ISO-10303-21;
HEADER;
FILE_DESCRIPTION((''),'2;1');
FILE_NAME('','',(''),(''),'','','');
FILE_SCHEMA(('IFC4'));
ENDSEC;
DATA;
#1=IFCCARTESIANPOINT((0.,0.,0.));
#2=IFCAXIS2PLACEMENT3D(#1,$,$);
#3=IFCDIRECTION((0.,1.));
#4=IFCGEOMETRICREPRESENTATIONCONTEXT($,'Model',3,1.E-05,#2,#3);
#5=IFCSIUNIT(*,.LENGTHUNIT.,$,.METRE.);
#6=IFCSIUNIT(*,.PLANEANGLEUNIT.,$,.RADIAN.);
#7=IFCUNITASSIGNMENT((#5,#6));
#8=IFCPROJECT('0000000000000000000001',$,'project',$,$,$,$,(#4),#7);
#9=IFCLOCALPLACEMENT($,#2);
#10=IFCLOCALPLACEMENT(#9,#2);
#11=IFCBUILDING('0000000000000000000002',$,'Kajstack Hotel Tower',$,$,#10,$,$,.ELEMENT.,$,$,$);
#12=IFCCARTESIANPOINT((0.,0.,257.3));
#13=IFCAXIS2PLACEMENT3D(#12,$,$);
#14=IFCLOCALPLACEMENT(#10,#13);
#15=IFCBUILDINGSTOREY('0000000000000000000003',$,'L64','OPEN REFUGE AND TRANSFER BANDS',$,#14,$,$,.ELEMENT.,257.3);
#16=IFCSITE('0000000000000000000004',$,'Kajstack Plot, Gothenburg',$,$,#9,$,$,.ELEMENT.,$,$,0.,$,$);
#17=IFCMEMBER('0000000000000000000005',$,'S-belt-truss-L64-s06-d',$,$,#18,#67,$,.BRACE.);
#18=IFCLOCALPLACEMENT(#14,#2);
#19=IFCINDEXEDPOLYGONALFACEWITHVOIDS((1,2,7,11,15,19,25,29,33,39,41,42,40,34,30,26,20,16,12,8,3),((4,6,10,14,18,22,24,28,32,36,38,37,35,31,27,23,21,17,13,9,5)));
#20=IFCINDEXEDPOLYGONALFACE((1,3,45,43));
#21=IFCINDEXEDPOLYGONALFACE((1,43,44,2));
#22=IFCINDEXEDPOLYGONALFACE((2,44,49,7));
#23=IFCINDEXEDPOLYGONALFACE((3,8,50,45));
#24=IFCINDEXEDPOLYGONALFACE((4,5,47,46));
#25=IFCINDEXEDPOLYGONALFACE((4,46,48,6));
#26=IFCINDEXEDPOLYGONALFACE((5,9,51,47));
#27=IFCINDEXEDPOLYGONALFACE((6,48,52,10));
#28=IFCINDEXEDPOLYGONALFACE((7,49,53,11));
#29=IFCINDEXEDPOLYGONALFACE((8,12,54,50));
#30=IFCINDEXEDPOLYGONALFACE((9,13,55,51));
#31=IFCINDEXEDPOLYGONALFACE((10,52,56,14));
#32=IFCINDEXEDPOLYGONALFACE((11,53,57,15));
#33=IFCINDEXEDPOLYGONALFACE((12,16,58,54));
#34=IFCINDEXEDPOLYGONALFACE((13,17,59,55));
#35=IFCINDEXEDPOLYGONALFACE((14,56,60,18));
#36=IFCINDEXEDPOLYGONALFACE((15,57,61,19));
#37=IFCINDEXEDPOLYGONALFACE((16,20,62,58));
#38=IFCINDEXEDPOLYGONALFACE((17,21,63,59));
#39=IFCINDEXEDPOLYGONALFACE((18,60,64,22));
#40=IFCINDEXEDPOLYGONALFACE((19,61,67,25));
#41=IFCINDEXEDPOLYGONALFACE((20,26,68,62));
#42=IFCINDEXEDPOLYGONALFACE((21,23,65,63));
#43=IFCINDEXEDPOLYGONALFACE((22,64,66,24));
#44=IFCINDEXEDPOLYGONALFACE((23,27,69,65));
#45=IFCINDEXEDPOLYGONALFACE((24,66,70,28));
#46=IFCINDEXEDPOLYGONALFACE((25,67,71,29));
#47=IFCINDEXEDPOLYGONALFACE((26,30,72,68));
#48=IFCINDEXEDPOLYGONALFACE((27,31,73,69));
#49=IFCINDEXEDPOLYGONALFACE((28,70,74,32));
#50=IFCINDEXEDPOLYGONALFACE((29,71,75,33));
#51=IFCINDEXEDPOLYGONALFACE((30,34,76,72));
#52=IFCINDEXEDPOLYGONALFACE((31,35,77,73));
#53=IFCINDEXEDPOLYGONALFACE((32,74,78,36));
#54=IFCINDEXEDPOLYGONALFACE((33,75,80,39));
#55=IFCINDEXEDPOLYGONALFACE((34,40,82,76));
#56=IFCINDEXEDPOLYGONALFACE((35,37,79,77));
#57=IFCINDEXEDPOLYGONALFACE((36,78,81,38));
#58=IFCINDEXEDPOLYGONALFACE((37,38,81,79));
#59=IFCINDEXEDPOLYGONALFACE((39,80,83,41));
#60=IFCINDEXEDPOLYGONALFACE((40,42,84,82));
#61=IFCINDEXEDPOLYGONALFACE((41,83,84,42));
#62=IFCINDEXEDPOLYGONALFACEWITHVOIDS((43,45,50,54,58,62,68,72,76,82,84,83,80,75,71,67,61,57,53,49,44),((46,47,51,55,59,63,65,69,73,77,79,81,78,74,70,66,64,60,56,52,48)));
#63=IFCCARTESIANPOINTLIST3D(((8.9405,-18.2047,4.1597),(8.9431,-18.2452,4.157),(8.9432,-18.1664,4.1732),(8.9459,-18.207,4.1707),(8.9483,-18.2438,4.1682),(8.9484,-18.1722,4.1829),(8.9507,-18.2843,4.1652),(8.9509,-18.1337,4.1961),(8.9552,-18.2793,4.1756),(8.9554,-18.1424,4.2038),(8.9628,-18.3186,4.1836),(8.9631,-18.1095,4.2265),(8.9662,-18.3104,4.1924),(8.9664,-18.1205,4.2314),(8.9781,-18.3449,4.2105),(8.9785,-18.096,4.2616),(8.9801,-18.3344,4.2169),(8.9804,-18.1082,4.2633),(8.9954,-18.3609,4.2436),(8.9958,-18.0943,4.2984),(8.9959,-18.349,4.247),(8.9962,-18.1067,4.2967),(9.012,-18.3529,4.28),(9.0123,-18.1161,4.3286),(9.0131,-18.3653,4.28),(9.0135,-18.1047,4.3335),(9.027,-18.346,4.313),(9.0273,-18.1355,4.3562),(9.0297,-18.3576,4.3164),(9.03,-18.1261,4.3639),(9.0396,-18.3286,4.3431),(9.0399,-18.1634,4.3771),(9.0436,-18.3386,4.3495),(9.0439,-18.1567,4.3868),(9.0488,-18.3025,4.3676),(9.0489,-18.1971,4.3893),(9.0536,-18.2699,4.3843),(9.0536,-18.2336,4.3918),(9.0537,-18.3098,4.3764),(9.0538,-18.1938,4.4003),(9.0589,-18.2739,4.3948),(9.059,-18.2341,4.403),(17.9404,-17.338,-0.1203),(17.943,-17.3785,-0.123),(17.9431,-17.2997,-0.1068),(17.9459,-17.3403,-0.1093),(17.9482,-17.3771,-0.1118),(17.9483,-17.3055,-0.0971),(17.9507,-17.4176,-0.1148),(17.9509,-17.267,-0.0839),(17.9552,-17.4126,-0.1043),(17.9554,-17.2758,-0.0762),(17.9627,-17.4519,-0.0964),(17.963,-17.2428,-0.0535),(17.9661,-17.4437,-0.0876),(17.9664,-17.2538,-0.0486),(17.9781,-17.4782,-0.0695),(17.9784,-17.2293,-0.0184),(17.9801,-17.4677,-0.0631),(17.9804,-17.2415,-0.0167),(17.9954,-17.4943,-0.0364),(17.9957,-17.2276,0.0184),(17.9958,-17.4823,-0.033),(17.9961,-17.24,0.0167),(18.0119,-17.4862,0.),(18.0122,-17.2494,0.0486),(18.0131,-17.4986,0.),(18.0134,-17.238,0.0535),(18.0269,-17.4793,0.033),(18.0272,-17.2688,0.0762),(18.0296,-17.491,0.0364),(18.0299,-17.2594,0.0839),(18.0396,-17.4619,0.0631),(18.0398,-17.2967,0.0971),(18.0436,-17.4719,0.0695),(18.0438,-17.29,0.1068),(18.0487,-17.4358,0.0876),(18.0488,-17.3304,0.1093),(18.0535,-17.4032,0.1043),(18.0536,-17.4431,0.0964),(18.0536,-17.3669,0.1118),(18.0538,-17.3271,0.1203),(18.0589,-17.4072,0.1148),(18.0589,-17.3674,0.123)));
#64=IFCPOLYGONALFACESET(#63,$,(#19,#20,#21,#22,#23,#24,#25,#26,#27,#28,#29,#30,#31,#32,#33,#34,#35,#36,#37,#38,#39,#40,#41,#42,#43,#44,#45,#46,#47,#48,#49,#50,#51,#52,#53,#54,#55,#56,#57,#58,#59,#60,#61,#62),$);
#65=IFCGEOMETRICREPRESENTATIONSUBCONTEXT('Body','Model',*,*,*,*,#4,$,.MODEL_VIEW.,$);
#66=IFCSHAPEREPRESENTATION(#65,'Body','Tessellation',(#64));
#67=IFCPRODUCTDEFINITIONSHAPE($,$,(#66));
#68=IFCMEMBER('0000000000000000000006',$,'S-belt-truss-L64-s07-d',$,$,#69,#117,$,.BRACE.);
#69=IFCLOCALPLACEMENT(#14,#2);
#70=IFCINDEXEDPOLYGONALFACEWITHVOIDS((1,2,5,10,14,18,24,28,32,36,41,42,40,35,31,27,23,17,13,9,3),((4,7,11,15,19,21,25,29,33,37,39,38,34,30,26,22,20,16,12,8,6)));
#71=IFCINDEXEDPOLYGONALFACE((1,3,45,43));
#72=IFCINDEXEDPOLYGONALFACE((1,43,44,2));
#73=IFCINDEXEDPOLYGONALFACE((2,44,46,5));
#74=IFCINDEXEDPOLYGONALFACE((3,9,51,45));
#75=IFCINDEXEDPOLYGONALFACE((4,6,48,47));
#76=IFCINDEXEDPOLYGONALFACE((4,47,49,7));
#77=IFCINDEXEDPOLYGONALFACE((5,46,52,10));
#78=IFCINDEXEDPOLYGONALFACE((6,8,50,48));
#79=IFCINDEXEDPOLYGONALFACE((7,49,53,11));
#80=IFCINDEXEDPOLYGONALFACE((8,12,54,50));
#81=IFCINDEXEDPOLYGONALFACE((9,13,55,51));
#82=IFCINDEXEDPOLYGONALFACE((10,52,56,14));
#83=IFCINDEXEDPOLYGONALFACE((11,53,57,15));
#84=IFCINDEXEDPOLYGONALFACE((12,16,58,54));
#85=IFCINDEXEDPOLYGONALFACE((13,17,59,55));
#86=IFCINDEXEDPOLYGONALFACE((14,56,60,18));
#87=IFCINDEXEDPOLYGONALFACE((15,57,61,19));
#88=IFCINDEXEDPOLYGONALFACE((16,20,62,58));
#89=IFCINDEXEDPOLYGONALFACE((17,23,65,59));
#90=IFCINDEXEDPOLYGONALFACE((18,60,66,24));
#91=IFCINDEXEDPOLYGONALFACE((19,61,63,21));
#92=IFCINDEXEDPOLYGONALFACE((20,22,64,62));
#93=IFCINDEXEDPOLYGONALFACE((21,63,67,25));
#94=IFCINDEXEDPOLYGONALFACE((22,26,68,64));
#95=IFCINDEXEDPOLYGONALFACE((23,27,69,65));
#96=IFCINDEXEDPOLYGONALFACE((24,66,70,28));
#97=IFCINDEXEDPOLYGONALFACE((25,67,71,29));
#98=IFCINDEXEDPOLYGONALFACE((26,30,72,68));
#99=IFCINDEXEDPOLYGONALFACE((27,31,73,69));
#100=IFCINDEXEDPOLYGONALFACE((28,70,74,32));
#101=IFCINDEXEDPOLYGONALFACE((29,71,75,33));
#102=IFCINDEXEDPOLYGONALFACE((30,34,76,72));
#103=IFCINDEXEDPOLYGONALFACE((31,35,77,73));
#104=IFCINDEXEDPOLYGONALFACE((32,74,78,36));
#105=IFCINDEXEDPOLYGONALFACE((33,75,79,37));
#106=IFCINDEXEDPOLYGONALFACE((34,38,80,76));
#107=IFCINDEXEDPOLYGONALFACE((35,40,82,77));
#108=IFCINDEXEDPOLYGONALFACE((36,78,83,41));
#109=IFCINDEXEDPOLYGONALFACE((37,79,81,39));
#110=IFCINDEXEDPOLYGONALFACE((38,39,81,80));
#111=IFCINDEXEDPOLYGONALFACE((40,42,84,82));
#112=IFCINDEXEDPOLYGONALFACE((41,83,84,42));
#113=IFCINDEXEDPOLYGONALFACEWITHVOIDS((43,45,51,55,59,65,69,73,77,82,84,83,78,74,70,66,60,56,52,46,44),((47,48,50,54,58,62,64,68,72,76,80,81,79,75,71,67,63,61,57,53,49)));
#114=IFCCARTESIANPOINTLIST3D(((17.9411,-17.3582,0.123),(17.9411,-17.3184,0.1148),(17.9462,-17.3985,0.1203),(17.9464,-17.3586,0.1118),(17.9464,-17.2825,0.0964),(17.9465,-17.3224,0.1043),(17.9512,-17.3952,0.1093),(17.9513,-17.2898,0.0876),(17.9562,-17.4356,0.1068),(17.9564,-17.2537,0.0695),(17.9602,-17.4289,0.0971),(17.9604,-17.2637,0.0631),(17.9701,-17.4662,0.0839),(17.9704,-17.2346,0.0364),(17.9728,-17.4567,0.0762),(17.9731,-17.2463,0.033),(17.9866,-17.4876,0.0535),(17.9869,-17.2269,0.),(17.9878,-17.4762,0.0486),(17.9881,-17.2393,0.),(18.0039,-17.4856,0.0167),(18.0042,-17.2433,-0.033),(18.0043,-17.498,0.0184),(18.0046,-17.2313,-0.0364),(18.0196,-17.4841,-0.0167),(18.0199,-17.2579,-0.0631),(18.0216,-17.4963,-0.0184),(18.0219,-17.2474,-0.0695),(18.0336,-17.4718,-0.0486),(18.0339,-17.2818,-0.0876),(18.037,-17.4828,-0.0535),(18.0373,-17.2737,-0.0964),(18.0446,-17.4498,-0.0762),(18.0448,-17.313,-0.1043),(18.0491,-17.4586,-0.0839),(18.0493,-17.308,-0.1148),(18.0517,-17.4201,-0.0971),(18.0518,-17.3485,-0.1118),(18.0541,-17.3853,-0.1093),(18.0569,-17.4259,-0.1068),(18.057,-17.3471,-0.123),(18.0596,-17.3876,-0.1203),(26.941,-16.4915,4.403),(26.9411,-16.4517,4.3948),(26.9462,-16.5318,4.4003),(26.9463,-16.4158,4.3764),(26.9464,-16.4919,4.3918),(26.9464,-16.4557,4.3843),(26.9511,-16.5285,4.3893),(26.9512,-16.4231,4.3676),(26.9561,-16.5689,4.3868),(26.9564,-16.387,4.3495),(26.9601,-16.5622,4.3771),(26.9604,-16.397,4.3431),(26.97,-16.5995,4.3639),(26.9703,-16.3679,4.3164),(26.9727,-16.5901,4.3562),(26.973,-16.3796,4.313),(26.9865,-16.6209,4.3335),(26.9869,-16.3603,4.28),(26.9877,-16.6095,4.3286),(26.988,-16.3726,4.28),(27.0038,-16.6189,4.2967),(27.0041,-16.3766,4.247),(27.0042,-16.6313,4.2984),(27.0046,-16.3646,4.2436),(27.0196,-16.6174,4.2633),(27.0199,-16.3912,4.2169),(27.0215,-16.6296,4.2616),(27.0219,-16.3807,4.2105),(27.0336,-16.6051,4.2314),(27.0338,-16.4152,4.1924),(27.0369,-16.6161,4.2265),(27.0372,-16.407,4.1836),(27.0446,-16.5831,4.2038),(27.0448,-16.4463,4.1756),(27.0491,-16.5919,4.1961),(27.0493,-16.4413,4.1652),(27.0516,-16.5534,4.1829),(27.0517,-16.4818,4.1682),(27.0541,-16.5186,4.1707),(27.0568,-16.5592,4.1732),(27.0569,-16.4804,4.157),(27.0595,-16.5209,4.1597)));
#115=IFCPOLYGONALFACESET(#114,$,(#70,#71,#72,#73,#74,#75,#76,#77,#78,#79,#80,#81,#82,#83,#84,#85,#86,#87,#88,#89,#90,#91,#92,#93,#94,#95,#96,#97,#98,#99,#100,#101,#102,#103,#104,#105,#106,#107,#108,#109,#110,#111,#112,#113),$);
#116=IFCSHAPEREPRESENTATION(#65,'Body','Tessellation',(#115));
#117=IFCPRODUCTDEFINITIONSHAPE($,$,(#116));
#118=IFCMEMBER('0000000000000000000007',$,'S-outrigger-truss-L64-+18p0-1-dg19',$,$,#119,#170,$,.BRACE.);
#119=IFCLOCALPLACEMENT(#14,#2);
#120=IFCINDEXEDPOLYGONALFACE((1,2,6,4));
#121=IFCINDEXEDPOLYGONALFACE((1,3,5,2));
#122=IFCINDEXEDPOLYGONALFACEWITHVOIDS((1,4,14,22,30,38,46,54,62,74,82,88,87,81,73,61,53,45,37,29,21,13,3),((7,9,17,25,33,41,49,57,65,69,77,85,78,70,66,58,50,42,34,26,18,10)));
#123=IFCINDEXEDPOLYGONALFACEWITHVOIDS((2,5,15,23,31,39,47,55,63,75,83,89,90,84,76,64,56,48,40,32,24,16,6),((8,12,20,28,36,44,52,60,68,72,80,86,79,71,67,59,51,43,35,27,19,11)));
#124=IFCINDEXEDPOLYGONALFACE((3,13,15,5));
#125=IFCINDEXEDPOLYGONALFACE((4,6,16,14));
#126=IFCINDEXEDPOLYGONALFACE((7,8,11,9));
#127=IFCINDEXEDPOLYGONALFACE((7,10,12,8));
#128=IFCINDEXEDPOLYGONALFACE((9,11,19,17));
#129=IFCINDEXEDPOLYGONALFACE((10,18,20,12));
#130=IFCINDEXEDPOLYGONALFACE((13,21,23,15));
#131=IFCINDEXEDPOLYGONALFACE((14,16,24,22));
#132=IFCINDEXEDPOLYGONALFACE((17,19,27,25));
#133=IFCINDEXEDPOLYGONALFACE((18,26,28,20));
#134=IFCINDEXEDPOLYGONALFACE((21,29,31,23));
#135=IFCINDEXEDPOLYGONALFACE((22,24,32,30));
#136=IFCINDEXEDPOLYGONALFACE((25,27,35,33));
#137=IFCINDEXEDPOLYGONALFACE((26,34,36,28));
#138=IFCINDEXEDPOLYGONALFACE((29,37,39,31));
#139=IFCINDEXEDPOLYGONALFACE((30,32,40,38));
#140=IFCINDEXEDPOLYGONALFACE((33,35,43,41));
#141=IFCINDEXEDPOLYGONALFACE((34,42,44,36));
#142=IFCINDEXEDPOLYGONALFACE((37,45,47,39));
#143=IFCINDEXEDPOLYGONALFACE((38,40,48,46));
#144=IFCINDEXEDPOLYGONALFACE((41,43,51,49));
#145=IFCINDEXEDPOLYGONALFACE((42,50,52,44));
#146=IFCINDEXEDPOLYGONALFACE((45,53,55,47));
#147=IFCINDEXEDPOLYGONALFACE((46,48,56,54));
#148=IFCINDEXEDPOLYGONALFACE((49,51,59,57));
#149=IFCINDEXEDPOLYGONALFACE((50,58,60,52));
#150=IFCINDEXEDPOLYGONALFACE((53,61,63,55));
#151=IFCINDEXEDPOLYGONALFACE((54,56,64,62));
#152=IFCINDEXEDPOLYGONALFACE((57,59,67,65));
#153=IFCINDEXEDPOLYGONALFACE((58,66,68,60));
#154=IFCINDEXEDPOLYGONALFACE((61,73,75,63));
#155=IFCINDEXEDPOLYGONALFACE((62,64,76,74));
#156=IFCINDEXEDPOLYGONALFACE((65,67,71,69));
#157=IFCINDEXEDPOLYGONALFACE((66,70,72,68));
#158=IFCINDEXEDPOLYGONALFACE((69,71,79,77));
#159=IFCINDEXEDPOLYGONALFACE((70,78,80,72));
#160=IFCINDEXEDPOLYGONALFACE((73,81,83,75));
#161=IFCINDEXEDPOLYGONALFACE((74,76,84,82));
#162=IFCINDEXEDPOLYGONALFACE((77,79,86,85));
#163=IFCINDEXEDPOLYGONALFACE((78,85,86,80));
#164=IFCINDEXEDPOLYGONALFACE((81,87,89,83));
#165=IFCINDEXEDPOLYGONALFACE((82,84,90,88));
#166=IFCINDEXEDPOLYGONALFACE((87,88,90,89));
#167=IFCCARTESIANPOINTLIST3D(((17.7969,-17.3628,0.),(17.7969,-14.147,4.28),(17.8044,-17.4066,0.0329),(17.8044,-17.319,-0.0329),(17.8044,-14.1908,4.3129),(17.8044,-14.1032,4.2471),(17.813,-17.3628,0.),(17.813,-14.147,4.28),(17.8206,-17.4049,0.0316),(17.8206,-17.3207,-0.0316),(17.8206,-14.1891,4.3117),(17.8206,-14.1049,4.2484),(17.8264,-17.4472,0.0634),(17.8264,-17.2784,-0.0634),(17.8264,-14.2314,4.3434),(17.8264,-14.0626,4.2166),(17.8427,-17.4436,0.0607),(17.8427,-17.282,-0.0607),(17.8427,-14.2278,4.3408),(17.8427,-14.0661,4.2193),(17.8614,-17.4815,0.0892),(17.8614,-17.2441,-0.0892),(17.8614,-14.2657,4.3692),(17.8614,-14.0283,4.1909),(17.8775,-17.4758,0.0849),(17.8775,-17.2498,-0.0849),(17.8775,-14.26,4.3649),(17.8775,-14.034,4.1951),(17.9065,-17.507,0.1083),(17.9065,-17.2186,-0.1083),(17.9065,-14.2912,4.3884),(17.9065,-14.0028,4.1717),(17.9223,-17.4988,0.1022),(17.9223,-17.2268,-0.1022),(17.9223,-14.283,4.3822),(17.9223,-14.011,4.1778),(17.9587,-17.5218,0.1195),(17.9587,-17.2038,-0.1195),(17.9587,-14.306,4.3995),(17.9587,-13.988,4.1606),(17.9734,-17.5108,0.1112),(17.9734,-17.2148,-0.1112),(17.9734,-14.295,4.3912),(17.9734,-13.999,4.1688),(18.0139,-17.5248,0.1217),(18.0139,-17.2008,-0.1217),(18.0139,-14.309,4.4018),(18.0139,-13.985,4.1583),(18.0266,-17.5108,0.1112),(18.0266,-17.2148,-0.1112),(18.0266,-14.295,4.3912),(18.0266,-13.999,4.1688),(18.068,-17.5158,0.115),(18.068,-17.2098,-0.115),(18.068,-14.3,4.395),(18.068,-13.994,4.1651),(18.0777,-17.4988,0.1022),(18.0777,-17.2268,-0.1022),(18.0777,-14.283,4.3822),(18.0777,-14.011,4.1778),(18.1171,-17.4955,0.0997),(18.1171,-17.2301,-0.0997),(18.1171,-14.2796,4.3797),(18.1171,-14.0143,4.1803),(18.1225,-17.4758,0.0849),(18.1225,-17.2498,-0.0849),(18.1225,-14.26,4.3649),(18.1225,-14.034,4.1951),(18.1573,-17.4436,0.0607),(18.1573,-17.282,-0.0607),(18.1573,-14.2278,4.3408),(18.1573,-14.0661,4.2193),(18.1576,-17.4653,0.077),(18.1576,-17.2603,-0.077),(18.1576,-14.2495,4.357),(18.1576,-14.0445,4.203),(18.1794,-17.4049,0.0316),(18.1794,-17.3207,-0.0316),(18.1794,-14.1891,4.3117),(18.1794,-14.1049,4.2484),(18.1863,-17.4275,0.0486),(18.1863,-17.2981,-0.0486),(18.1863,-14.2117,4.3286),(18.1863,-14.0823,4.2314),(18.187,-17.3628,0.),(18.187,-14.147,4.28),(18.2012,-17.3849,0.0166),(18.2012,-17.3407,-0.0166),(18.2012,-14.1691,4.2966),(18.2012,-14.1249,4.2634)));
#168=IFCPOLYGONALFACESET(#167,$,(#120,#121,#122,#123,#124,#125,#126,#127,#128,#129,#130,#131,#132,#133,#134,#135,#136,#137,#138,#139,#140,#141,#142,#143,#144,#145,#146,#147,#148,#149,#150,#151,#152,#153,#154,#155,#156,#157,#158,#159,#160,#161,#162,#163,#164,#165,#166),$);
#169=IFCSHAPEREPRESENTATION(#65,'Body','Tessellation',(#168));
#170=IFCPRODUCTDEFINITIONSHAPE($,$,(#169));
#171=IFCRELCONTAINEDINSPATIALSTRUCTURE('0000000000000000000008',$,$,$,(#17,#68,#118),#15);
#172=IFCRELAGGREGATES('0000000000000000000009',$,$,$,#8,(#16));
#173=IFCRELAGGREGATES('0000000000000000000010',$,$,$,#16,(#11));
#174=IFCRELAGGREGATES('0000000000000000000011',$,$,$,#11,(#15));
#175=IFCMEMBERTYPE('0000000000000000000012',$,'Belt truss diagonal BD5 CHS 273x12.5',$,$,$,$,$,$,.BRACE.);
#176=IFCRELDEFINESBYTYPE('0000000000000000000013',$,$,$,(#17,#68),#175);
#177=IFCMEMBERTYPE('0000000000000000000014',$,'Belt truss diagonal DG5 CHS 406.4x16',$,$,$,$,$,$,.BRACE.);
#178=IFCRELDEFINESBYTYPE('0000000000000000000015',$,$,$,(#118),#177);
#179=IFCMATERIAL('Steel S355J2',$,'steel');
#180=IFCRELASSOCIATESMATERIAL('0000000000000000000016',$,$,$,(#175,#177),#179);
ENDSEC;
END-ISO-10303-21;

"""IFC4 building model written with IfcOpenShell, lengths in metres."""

from ifc_helpers import new_model, si_unit, direction, frame, origin, origin_2d, place, context, subcontext, project, spatial, hollow_circle, extrude, material, material_profile, profile_set, type_object, element, save


model = new_model("IFC4")

# Units and contexts
model_context = context("Model", 3, precision=1e-05, world=origin(), true_north=direction((0.0, 1.0)))
body_context = subcontext(model_context, "Body", "Model", "MODEL_VIEW")
ifc_project = project(units=[si_unit("LENGTHUNIT", "METRE"), si_unit("PLANEANGLEUNIT", "RADIAN")], contexts=[model_context])

# Site, building, storey
site_placement = place(None, origin())
site = spatial("IfcSite", under=ifc_project, at=site_placement, Name="Kajstack Plot, Gothenburg", CompositionType="ELEMENT", RefElevation=0.0)
building_placement = place(site_placement, origin())
building = spatial("IfcBuilding", under=site, at=building_placement, Name="Kajstack Hotel Tower", CompositionType="ELEMENT")
storey_placement = place(building_placement, frame((0.0, 0.0, 257.3)))
storey = spatial("IfcBuildingStorey", under=building, at=storey_placement, Name="L64", Description="OPEN REFUGE AND TRANSFER BANDS", CompositionType="ELEMENT", Elevation=257.3)

# Members
ifc_material_1 = material(Name="Steel S355J2", Category="steel")
ifc_material_profile_1 = material_profile(ifc_material_1, hollow_circle(Radius=0.1365, WallThickness=0.0125, at=origin_2d()), Name="CHS 273x12.5")
ifc_profile_set_1 = profile_set([ifc_material_profile_1], Name="Steel S355J2")
member_type_1 = type_object("IfcMemberType", Name="Belt truss diagonal BD5 CHS 273x12.5", PredefinedType="BRACE", material=ifc_profile_set_1)
for number, where, z_axis, x_axis, name in (
    (1, (18.0, -17.3628, 0.0), (-0.899686, -0.08664, 0.427854), (0.095856, -0.995395, 0.0), "S-belt-truss-L64-s06-d"),
    (2, (18.0, -17.3628, 0.0), (0.899686, 0.08664, 0.427854), (-0.095856, 0.995395, 0.0), "S-belt-truss-L64-s07-d"),
):
    element("IfcMember", number, at=place(storey_placement, frame(where, z_axis=z_axis, x_axis=x_axis)), inside=storey, type_object=member_type_1, Name=name, PredefinedType="BRACE", context=body_context, shape_type="SweptSolid", body=[
        extrude(hollow_circle(Radius=0.1365, WallThickness=0.0125, at=origin_2d()), origin(), (0.0, 0.0, 1.0), 10.0034),
    ])
ifc_material_profile_2 = material_profile(ifc_material_1, hollow_circle(Radius=0.2031, WallThickness=0.0161, at=origin_2d()), Name="CHS 406.4x16")
ifc_profile_set_2 = profile_set([ifc_material_profile_2], Name="Steel S355J2")
member_type_2 = type_object("IfcMemberType", Name="Belt truss diagonal DG5 CHS 406.4x16", PredefinedType="BRACE", material=ifc_profile_set_2)
member_1_placement = place(storey_placement, frame((18.0, -17.3628, 0.0), z_axis=(0.0, 0.600693, 0.79948), x_axis=(-1.0, 0.0, 0.0)))
element("IfcMember", 3, at=member_1_placement, inside=storey, type_object=member_type_2, Name="S-outrigger-truss-L64-+18p0-1-dg19", PredefinedType="BRACE", context=body_context, shape_type="SweptSolid", body=[
    extrude(hollow_circle(Radius=0.2031, WallThickness=0.0161, at=origin_2d()), origin(), (0.0, 0.0, 1.0), 5.3535),
])

save(model, "model.ifc")
